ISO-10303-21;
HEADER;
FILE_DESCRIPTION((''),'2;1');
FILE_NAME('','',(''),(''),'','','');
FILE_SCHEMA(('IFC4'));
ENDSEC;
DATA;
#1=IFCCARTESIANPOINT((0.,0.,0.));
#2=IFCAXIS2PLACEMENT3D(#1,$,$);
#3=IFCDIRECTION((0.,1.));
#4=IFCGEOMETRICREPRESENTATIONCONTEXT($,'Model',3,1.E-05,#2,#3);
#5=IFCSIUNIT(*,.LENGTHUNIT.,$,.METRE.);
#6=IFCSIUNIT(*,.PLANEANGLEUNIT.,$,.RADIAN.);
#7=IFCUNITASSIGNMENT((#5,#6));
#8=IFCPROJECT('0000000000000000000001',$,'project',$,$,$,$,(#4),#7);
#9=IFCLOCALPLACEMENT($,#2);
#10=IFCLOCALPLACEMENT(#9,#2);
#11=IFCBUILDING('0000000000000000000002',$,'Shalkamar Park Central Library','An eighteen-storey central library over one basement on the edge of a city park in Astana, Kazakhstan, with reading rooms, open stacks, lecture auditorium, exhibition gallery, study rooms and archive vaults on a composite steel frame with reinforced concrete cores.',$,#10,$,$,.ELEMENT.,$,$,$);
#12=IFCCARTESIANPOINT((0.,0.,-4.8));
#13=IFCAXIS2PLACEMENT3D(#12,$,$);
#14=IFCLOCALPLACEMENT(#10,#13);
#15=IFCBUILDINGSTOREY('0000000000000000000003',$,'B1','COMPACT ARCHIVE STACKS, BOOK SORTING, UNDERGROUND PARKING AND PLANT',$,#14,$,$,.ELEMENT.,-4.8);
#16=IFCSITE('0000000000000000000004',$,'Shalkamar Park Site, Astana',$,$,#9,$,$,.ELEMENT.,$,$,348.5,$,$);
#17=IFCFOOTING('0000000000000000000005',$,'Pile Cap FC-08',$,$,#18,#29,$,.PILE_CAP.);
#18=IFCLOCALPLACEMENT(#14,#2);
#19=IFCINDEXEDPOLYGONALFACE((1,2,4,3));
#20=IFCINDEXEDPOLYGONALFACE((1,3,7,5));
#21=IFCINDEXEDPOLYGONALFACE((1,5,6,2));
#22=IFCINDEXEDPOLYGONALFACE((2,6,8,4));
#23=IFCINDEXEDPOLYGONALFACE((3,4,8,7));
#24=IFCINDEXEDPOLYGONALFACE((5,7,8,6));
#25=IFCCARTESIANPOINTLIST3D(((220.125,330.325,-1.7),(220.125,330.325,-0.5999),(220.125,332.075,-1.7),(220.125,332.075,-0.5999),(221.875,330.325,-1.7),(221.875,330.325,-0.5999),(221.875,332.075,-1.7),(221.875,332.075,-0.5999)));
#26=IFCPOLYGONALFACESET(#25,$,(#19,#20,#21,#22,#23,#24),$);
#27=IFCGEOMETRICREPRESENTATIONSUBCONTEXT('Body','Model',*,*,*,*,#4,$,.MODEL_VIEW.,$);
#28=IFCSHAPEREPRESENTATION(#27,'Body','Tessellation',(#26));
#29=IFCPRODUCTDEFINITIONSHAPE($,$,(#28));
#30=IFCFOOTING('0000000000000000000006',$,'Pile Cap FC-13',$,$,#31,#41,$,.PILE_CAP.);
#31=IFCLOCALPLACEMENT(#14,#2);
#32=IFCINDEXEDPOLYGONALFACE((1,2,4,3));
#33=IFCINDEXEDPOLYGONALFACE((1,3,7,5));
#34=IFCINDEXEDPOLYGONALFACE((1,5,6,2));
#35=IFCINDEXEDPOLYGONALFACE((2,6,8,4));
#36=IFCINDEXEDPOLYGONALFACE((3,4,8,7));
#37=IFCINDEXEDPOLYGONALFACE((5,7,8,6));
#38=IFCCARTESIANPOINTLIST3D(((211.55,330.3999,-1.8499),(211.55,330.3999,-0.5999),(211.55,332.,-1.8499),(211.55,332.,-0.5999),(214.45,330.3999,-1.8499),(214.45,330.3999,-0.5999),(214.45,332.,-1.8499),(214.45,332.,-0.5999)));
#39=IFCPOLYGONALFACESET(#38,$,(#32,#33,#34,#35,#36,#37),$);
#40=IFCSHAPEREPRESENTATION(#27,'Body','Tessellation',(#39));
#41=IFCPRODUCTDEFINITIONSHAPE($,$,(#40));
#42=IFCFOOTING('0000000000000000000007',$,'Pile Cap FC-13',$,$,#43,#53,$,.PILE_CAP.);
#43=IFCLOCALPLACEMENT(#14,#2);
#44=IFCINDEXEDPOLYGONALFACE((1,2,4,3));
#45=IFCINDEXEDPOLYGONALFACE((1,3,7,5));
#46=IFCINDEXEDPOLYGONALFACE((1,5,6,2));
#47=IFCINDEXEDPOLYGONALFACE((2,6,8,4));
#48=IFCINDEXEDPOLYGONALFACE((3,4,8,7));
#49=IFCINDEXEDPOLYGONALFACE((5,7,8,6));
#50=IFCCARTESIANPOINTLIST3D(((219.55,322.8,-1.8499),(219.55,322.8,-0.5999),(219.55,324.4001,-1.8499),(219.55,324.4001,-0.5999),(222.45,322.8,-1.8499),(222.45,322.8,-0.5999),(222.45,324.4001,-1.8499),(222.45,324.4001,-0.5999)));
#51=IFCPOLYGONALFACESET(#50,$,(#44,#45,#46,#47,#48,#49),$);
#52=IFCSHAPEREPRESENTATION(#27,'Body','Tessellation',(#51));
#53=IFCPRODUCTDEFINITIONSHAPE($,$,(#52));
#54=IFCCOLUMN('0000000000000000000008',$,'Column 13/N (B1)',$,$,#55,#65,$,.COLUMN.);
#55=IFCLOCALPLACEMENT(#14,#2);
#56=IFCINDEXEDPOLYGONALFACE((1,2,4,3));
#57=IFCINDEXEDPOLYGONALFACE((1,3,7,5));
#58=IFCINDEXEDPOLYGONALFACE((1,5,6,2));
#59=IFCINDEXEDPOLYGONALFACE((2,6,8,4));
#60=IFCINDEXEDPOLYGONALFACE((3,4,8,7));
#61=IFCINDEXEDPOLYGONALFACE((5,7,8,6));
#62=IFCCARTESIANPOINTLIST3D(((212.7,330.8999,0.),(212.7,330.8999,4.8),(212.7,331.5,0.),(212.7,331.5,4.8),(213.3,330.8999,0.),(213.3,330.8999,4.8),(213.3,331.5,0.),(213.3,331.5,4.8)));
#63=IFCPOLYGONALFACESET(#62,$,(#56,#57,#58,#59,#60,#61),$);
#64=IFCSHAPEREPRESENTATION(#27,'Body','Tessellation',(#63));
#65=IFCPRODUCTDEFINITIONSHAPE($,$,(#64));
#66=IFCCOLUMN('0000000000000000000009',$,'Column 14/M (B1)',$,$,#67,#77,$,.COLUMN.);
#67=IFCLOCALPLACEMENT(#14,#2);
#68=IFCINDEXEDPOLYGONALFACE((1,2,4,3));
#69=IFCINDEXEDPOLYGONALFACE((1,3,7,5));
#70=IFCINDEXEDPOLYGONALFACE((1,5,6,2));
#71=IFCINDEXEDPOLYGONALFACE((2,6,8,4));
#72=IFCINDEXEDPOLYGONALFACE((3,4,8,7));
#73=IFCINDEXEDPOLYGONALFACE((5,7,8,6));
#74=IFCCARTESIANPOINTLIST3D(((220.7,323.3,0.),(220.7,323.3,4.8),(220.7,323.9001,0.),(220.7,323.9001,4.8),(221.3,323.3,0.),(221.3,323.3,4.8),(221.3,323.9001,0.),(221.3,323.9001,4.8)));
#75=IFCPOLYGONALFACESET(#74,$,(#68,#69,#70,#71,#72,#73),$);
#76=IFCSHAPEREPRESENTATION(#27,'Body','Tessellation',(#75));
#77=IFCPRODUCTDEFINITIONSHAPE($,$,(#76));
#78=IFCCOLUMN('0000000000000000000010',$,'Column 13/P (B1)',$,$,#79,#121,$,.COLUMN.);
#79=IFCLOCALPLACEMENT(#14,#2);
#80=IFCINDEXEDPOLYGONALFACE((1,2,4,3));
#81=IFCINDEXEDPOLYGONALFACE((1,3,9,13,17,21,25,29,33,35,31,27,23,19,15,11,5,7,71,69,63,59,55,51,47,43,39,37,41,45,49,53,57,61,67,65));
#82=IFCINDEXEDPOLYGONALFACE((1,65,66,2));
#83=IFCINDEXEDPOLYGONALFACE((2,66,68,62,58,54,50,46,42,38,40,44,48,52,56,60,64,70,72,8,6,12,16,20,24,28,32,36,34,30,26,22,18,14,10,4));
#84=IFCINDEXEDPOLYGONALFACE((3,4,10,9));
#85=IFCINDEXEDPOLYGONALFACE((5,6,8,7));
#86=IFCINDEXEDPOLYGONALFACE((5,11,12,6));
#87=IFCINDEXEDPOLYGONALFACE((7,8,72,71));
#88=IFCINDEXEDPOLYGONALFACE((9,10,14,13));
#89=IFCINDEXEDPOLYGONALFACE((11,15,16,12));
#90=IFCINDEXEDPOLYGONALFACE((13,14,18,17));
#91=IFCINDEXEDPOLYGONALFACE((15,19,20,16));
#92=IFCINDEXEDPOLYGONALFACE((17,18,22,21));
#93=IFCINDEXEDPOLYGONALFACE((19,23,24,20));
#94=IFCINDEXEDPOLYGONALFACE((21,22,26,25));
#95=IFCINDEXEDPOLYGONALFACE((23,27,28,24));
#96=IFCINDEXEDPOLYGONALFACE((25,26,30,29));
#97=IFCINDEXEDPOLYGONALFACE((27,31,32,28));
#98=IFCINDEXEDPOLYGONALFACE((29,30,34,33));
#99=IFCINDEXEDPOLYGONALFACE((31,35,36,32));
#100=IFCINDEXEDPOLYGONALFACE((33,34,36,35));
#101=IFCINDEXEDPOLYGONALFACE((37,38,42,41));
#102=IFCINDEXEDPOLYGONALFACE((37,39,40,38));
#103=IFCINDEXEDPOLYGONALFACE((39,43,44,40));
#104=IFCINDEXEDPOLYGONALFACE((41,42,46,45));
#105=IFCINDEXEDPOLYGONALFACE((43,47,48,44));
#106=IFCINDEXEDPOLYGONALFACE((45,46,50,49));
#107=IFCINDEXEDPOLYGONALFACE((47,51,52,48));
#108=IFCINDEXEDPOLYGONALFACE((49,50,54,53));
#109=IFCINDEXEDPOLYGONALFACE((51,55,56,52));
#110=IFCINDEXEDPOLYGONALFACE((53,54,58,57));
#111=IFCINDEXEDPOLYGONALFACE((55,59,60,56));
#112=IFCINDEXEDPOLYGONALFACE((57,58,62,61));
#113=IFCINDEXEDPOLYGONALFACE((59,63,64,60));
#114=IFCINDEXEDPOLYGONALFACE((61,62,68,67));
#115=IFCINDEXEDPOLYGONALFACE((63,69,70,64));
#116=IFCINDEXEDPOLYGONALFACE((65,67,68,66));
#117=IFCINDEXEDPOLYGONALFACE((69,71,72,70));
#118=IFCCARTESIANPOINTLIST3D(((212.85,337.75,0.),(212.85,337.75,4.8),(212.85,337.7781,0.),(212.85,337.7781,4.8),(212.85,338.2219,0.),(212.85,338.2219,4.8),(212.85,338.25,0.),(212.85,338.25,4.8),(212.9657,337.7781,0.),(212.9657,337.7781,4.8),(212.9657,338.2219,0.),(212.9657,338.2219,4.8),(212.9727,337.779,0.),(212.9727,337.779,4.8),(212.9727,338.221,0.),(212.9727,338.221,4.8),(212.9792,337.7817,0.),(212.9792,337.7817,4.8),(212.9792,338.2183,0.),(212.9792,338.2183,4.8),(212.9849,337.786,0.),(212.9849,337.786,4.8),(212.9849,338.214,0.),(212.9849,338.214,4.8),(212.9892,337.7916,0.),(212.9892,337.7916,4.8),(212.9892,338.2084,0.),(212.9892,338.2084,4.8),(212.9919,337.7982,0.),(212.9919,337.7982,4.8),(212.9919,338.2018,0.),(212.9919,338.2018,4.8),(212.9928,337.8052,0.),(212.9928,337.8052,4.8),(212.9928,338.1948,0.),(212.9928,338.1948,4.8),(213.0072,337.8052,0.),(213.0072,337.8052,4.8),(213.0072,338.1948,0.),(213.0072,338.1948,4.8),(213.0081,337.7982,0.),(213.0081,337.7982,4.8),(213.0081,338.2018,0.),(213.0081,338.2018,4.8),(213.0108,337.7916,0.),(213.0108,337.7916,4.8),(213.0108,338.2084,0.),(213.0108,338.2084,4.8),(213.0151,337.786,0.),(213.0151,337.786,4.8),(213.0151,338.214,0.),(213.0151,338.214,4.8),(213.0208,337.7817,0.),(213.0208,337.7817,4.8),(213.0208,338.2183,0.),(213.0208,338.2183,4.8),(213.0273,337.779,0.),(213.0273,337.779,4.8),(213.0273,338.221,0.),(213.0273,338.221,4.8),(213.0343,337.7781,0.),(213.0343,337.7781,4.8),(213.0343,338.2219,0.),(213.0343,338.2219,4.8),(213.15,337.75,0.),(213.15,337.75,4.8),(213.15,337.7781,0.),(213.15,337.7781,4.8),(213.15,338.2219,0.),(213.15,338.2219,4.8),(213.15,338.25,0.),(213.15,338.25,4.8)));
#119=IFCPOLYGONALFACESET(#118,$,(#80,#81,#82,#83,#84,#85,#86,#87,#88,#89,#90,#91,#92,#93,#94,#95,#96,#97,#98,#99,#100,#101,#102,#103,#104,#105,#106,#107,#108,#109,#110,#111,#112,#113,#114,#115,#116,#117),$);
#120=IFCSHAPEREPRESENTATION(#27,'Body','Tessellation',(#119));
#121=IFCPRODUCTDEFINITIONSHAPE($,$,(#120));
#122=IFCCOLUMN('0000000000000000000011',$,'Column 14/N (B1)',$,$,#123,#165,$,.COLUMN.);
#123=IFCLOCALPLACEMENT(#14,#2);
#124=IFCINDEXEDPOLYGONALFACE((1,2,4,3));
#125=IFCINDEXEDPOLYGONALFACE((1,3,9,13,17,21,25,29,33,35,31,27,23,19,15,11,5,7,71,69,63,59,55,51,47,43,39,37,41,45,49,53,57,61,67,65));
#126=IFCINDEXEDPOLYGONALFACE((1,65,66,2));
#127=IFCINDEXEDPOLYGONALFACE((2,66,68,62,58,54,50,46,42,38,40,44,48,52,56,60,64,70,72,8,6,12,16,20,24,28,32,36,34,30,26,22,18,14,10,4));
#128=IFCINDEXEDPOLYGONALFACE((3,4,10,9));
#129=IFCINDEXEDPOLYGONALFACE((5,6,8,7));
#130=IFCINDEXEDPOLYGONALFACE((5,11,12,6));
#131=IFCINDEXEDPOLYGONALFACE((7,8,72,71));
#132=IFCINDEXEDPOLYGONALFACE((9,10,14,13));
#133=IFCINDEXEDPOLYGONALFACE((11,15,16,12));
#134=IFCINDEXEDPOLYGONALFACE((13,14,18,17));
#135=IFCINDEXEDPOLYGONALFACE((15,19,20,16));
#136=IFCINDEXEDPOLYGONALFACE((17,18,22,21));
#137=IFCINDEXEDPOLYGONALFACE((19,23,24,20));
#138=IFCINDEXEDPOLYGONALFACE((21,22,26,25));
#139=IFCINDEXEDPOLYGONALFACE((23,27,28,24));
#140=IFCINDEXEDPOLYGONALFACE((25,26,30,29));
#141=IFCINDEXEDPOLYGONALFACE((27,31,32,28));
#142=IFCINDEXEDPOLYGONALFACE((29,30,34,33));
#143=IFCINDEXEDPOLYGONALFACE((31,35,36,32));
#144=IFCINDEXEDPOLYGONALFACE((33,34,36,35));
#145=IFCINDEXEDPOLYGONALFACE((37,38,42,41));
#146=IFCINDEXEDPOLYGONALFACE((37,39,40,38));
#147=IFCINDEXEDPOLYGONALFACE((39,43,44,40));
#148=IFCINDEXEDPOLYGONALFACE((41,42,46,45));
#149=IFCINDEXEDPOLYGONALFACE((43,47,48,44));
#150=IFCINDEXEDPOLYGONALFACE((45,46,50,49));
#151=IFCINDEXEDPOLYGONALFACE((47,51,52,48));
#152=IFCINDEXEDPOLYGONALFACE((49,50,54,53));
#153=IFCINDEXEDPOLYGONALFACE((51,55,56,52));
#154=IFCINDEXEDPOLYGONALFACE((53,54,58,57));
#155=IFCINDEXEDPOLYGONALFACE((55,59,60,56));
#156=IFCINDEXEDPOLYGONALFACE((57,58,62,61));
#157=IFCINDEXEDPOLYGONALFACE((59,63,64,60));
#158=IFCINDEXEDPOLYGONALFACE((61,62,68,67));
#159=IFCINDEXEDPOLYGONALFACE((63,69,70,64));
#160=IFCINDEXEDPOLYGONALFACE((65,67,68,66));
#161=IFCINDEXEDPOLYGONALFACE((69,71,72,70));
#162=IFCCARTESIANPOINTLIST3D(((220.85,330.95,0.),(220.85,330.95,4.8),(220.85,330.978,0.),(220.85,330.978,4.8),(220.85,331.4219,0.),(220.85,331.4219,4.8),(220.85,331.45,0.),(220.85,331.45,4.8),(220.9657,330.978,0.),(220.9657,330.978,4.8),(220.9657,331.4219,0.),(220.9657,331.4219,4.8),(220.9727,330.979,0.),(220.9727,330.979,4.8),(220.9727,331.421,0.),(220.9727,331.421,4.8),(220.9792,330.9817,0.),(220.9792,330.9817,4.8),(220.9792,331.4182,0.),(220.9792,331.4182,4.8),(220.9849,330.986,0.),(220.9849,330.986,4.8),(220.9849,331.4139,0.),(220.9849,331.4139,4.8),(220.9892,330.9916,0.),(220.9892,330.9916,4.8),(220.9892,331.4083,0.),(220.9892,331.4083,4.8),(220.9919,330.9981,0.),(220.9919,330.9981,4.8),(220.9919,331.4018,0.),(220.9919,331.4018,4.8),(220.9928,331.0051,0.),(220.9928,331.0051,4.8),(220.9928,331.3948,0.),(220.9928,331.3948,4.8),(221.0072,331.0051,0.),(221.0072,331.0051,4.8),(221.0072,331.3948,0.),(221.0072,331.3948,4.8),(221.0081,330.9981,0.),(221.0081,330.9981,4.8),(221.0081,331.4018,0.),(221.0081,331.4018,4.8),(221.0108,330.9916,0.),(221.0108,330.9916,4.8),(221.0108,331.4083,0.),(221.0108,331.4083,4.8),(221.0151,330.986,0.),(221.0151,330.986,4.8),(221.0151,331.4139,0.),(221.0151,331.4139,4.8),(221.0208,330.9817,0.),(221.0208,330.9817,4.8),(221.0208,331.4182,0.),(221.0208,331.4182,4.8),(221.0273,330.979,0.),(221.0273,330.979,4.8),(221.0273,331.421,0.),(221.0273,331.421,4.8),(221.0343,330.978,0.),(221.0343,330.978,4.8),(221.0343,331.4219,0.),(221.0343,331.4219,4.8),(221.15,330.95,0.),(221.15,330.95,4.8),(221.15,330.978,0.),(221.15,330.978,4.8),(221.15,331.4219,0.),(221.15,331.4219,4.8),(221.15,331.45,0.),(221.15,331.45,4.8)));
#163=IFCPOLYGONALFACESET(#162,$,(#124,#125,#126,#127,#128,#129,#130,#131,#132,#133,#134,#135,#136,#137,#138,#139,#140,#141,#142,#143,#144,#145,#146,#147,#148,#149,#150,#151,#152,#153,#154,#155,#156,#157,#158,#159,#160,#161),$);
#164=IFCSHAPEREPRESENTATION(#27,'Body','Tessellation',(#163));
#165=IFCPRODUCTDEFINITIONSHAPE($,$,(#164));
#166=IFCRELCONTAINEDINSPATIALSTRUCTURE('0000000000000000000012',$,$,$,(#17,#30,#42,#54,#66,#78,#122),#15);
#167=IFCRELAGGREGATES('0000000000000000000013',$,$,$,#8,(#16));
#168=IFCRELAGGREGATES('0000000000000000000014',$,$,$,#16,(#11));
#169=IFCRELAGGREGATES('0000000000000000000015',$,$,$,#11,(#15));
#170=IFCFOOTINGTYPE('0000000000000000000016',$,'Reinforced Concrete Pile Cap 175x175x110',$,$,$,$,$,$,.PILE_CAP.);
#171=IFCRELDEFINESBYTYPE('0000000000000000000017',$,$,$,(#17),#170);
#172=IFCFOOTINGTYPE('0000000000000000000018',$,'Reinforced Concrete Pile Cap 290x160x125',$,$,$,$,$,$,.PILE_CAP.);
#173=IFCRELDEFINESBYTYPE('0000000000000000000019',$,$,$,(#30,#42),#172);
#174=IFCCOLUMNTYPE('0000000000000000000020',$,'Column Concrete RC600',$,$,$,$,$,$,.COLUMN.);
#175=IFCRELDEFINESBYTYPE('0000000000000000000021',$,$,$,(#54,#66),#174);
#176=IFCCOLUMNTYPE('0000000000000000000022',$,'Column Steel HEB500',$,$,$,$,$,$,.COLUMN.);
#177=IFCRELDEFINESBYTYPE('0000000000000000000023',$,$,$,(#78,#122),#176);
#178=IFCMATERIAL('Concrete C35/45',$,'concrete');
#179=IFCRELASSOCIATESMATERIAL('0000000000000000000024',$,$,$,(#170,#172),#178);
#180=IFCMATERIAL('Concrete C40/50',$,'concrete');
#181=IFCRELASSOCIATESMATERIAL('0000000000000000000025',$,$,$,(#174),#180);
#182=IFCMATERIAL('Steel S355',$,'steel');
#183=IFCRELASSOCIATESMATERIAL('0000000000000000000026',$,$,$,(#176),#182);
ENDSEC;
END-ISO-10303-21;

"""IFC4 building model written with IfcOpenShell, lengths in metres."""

from ifc_helpers import new_model, si_unit, direction, frame, origin, origin_2d, place, context, subcontext, project, spatial, rectangle, i_section, extrude, material, material_profile, profile_set, type_object, element, save


model = new_model("IFC4")

# Units and contexts
model_context = context("Model", 3, precision=1e-05, world=origin(), true_north=direction((0.0, 1.0)))
body_context = subcontext(model_context, "Body", "Model", "MODEL_VIEW")
ifc_project = project(units=[si_unit("LENGTHUNIT", "METRE"), si_unit("PLANEANGLEUNIT", "RADIAN")], contexts=[model_context])

# Site, building, storey
site_placement = place(None, origin())
site = spatial("IfcSite", under=ifc_project, at=site_placement, Name="Shalkamar Park Site, Astana", CompositionType="ELEMENT", RefElevation=348.5)
building_placement = place(site_placement, origin())
building = spatial("IfcBuilding", under=site, at=building_placement, Name="Shalkamar Park Central Library", Description="An eighteen-storey central library over one basement on the edge of a city park in Astana, Kazakhstan, with reading rooms, open stacks, lecture auditorium, exhibition gallery, study rooms and archive vaults on a composite steel frame with reinforced concrete cores.", CompositionType="ELEMENT")
storey_placement = place(building_placement, frame((0.0, 0.0, -4.8)))
storey = spatial("IfcBuildingStorey", under=building, at=storey_placement, Name="B1", Description="COMPACT ARCHIVE STACKS, BOOK SORTING, UNDERGROUND PARKING AND PLANT", CompositionType="ELEMENT", Elevation=-4.8)

# Shared definitions
ifc_material_1 = material(Name="Concrete C35/45", Category="concrete")

# Footings
footing_type_1 = type_object("IfcFootingType", Name="Reinforced Concrete Pile Cap 175x175x110", PredefinedType="PILE_CAP", material=ifc_material_1)
footing_1_placement = place(storey_placement, frame((221.0, 331.2, -1.7), z_axis=(0.0, 0.0, 1.0), x_axis=(1.0, 0.0, 0.0)))
element("IfcFooting", 1, at=footing_1_placement, inside=storey, type_object=footing_type_1, Name="Pile Cap FC-08", PredefinedType="PILE_CAP", context=body_context, shape_type="SweptSolid", body=[
    extrude(rectangle(XDim=1.75, YDim=1.75, at=origin_2d()), origin(), (0.0, 0.0, 1.0), 1.1001),
])
footing_type_2 = type_object("IfcFootingType", Name="Reinforced Concrete Pile Cap 290x160x125", PredefinedType="PILE_CAP", material=ifc_material_1)
for number, where, z_axis, x_axis, name in (
    (2, (213.0, 331.2, -1.8499), (0.0, 0.0, 1.0), (1.0, 0.0, 0.0), "Pile Cap FC-13"),
    (3, (221.0, 323.6001, -1.8499), (0.0, 0.0, 1.0), (1.0, 0.0, 0.0), "Pile Cap FC-13"),
):
    element("IfcFooting", number, at=place(storey_placement, frame(where, z_axis=z_axis, x_axis=x_axis)), inside=storey, type_object=footing_type_2, Name=name, PredefinedType="PILE_CAP", context=body_context, shape_type="SweptSolid", body=[
        extrude(rectangle(XDim=2.8999, YDim=1.6001, at=origin_2d()), origin(), (0.0, 0.0, 1.0), 1.25),
    ])

# Columns
ifc_material_2 = material(Name="Concrete C40/50", Category="concrete")
ifc_material_profile_1 = material_profile(ifc_material_2, rectangle(XDim=0.6001, YDim=0.6001, at=origin_2d()), Name="RC 600x600")
ifc_profile_set_1 = profile_set([ifc_material_profile_1], Name="Concrete C40/50")
column_type_1 = type_object("IfcColumnType", Name="Column Concrete RC600", PredefinedType="COLUMN", material=ifc_profile_set_1)
for number, where, z_axis, x_axis, name in (
    (4, (213.0, 331.2, 0.0), (0.0, 0.0, 1.0), (1.0, 0.0, 0.0), "Column 13/N (B1)"),
    (5, (221.0, 323.6001, 0.0), (0.0, 0.0, 1.0), (1.0, 0.0, 0.0), "Column 14/M (B1)"),
):
    element("IfcColumn", number, at=place(storey_placement, frame(where, z_axis=z_axis, x_axis=x_axis)), inside=storey, type_object=column_type_1, Name=name, PredefinedType="COLUMN", context=body_context, shape_type="SweptSolid", body=[
        extrude(rectangle(XDim=0.6001, YDim=0.6001, at=origin_2d()), origin(), (0.0, 0.0, 1.0), 4.8),
    ])
ifc_material_3 = material(Name="Steel S355", Category="steel")
ifc_material_profile_2 = material_profile(ifc_material_3, i_section(OverallWidth=0.3, OverallDepth=0.5, WebThickness=0.0144, FlangeThickness=0.0281, FilletRadius=0.0271, at=origin_2d()), Name="HEB 500")
ifc_profile_set_2 = profile_set([ifc_material_profile_2], Name="Steel S355")
column_type_2 = type_object("IfcColumnType", Name="Column Steel HEB500", PredefinedType="COLUMN", material=ifc_profile_set_2)
for number, where, z_axis, x_axis, name in (
    (6, (213.0, 338.0, 0.0), (0.0, 0.0, 1.0), (1.0, 0.0, 0.0), "Column 13/P (B1)"),
    (7, (221.0, 331.2, 0.0), (0.0, 0.0, 1.0), (1.0, 0.0, 0.0), "Column 14/N (B1)"),
):
    element("IfcColumn", number, at=place(storey_placement, frame(where, z_axis=z_axis, x_axis=x_axis)), inside=storey, type_object=column_type_2, Name=name, PredefinedType="COLUMN", context=body_context, shape_type="SweptSolid", body=[
        extrude(i_section(OverallWidth=0.3, OverallDepth=0.5, WebThickness=0.0144, FlangeThickness=0.0281, FilletRadius=0.0271, at=origin_2d()), origin(), (0.0, 0.0, 1.0), 4.8),
    ])

save(model, "model.ifc")
